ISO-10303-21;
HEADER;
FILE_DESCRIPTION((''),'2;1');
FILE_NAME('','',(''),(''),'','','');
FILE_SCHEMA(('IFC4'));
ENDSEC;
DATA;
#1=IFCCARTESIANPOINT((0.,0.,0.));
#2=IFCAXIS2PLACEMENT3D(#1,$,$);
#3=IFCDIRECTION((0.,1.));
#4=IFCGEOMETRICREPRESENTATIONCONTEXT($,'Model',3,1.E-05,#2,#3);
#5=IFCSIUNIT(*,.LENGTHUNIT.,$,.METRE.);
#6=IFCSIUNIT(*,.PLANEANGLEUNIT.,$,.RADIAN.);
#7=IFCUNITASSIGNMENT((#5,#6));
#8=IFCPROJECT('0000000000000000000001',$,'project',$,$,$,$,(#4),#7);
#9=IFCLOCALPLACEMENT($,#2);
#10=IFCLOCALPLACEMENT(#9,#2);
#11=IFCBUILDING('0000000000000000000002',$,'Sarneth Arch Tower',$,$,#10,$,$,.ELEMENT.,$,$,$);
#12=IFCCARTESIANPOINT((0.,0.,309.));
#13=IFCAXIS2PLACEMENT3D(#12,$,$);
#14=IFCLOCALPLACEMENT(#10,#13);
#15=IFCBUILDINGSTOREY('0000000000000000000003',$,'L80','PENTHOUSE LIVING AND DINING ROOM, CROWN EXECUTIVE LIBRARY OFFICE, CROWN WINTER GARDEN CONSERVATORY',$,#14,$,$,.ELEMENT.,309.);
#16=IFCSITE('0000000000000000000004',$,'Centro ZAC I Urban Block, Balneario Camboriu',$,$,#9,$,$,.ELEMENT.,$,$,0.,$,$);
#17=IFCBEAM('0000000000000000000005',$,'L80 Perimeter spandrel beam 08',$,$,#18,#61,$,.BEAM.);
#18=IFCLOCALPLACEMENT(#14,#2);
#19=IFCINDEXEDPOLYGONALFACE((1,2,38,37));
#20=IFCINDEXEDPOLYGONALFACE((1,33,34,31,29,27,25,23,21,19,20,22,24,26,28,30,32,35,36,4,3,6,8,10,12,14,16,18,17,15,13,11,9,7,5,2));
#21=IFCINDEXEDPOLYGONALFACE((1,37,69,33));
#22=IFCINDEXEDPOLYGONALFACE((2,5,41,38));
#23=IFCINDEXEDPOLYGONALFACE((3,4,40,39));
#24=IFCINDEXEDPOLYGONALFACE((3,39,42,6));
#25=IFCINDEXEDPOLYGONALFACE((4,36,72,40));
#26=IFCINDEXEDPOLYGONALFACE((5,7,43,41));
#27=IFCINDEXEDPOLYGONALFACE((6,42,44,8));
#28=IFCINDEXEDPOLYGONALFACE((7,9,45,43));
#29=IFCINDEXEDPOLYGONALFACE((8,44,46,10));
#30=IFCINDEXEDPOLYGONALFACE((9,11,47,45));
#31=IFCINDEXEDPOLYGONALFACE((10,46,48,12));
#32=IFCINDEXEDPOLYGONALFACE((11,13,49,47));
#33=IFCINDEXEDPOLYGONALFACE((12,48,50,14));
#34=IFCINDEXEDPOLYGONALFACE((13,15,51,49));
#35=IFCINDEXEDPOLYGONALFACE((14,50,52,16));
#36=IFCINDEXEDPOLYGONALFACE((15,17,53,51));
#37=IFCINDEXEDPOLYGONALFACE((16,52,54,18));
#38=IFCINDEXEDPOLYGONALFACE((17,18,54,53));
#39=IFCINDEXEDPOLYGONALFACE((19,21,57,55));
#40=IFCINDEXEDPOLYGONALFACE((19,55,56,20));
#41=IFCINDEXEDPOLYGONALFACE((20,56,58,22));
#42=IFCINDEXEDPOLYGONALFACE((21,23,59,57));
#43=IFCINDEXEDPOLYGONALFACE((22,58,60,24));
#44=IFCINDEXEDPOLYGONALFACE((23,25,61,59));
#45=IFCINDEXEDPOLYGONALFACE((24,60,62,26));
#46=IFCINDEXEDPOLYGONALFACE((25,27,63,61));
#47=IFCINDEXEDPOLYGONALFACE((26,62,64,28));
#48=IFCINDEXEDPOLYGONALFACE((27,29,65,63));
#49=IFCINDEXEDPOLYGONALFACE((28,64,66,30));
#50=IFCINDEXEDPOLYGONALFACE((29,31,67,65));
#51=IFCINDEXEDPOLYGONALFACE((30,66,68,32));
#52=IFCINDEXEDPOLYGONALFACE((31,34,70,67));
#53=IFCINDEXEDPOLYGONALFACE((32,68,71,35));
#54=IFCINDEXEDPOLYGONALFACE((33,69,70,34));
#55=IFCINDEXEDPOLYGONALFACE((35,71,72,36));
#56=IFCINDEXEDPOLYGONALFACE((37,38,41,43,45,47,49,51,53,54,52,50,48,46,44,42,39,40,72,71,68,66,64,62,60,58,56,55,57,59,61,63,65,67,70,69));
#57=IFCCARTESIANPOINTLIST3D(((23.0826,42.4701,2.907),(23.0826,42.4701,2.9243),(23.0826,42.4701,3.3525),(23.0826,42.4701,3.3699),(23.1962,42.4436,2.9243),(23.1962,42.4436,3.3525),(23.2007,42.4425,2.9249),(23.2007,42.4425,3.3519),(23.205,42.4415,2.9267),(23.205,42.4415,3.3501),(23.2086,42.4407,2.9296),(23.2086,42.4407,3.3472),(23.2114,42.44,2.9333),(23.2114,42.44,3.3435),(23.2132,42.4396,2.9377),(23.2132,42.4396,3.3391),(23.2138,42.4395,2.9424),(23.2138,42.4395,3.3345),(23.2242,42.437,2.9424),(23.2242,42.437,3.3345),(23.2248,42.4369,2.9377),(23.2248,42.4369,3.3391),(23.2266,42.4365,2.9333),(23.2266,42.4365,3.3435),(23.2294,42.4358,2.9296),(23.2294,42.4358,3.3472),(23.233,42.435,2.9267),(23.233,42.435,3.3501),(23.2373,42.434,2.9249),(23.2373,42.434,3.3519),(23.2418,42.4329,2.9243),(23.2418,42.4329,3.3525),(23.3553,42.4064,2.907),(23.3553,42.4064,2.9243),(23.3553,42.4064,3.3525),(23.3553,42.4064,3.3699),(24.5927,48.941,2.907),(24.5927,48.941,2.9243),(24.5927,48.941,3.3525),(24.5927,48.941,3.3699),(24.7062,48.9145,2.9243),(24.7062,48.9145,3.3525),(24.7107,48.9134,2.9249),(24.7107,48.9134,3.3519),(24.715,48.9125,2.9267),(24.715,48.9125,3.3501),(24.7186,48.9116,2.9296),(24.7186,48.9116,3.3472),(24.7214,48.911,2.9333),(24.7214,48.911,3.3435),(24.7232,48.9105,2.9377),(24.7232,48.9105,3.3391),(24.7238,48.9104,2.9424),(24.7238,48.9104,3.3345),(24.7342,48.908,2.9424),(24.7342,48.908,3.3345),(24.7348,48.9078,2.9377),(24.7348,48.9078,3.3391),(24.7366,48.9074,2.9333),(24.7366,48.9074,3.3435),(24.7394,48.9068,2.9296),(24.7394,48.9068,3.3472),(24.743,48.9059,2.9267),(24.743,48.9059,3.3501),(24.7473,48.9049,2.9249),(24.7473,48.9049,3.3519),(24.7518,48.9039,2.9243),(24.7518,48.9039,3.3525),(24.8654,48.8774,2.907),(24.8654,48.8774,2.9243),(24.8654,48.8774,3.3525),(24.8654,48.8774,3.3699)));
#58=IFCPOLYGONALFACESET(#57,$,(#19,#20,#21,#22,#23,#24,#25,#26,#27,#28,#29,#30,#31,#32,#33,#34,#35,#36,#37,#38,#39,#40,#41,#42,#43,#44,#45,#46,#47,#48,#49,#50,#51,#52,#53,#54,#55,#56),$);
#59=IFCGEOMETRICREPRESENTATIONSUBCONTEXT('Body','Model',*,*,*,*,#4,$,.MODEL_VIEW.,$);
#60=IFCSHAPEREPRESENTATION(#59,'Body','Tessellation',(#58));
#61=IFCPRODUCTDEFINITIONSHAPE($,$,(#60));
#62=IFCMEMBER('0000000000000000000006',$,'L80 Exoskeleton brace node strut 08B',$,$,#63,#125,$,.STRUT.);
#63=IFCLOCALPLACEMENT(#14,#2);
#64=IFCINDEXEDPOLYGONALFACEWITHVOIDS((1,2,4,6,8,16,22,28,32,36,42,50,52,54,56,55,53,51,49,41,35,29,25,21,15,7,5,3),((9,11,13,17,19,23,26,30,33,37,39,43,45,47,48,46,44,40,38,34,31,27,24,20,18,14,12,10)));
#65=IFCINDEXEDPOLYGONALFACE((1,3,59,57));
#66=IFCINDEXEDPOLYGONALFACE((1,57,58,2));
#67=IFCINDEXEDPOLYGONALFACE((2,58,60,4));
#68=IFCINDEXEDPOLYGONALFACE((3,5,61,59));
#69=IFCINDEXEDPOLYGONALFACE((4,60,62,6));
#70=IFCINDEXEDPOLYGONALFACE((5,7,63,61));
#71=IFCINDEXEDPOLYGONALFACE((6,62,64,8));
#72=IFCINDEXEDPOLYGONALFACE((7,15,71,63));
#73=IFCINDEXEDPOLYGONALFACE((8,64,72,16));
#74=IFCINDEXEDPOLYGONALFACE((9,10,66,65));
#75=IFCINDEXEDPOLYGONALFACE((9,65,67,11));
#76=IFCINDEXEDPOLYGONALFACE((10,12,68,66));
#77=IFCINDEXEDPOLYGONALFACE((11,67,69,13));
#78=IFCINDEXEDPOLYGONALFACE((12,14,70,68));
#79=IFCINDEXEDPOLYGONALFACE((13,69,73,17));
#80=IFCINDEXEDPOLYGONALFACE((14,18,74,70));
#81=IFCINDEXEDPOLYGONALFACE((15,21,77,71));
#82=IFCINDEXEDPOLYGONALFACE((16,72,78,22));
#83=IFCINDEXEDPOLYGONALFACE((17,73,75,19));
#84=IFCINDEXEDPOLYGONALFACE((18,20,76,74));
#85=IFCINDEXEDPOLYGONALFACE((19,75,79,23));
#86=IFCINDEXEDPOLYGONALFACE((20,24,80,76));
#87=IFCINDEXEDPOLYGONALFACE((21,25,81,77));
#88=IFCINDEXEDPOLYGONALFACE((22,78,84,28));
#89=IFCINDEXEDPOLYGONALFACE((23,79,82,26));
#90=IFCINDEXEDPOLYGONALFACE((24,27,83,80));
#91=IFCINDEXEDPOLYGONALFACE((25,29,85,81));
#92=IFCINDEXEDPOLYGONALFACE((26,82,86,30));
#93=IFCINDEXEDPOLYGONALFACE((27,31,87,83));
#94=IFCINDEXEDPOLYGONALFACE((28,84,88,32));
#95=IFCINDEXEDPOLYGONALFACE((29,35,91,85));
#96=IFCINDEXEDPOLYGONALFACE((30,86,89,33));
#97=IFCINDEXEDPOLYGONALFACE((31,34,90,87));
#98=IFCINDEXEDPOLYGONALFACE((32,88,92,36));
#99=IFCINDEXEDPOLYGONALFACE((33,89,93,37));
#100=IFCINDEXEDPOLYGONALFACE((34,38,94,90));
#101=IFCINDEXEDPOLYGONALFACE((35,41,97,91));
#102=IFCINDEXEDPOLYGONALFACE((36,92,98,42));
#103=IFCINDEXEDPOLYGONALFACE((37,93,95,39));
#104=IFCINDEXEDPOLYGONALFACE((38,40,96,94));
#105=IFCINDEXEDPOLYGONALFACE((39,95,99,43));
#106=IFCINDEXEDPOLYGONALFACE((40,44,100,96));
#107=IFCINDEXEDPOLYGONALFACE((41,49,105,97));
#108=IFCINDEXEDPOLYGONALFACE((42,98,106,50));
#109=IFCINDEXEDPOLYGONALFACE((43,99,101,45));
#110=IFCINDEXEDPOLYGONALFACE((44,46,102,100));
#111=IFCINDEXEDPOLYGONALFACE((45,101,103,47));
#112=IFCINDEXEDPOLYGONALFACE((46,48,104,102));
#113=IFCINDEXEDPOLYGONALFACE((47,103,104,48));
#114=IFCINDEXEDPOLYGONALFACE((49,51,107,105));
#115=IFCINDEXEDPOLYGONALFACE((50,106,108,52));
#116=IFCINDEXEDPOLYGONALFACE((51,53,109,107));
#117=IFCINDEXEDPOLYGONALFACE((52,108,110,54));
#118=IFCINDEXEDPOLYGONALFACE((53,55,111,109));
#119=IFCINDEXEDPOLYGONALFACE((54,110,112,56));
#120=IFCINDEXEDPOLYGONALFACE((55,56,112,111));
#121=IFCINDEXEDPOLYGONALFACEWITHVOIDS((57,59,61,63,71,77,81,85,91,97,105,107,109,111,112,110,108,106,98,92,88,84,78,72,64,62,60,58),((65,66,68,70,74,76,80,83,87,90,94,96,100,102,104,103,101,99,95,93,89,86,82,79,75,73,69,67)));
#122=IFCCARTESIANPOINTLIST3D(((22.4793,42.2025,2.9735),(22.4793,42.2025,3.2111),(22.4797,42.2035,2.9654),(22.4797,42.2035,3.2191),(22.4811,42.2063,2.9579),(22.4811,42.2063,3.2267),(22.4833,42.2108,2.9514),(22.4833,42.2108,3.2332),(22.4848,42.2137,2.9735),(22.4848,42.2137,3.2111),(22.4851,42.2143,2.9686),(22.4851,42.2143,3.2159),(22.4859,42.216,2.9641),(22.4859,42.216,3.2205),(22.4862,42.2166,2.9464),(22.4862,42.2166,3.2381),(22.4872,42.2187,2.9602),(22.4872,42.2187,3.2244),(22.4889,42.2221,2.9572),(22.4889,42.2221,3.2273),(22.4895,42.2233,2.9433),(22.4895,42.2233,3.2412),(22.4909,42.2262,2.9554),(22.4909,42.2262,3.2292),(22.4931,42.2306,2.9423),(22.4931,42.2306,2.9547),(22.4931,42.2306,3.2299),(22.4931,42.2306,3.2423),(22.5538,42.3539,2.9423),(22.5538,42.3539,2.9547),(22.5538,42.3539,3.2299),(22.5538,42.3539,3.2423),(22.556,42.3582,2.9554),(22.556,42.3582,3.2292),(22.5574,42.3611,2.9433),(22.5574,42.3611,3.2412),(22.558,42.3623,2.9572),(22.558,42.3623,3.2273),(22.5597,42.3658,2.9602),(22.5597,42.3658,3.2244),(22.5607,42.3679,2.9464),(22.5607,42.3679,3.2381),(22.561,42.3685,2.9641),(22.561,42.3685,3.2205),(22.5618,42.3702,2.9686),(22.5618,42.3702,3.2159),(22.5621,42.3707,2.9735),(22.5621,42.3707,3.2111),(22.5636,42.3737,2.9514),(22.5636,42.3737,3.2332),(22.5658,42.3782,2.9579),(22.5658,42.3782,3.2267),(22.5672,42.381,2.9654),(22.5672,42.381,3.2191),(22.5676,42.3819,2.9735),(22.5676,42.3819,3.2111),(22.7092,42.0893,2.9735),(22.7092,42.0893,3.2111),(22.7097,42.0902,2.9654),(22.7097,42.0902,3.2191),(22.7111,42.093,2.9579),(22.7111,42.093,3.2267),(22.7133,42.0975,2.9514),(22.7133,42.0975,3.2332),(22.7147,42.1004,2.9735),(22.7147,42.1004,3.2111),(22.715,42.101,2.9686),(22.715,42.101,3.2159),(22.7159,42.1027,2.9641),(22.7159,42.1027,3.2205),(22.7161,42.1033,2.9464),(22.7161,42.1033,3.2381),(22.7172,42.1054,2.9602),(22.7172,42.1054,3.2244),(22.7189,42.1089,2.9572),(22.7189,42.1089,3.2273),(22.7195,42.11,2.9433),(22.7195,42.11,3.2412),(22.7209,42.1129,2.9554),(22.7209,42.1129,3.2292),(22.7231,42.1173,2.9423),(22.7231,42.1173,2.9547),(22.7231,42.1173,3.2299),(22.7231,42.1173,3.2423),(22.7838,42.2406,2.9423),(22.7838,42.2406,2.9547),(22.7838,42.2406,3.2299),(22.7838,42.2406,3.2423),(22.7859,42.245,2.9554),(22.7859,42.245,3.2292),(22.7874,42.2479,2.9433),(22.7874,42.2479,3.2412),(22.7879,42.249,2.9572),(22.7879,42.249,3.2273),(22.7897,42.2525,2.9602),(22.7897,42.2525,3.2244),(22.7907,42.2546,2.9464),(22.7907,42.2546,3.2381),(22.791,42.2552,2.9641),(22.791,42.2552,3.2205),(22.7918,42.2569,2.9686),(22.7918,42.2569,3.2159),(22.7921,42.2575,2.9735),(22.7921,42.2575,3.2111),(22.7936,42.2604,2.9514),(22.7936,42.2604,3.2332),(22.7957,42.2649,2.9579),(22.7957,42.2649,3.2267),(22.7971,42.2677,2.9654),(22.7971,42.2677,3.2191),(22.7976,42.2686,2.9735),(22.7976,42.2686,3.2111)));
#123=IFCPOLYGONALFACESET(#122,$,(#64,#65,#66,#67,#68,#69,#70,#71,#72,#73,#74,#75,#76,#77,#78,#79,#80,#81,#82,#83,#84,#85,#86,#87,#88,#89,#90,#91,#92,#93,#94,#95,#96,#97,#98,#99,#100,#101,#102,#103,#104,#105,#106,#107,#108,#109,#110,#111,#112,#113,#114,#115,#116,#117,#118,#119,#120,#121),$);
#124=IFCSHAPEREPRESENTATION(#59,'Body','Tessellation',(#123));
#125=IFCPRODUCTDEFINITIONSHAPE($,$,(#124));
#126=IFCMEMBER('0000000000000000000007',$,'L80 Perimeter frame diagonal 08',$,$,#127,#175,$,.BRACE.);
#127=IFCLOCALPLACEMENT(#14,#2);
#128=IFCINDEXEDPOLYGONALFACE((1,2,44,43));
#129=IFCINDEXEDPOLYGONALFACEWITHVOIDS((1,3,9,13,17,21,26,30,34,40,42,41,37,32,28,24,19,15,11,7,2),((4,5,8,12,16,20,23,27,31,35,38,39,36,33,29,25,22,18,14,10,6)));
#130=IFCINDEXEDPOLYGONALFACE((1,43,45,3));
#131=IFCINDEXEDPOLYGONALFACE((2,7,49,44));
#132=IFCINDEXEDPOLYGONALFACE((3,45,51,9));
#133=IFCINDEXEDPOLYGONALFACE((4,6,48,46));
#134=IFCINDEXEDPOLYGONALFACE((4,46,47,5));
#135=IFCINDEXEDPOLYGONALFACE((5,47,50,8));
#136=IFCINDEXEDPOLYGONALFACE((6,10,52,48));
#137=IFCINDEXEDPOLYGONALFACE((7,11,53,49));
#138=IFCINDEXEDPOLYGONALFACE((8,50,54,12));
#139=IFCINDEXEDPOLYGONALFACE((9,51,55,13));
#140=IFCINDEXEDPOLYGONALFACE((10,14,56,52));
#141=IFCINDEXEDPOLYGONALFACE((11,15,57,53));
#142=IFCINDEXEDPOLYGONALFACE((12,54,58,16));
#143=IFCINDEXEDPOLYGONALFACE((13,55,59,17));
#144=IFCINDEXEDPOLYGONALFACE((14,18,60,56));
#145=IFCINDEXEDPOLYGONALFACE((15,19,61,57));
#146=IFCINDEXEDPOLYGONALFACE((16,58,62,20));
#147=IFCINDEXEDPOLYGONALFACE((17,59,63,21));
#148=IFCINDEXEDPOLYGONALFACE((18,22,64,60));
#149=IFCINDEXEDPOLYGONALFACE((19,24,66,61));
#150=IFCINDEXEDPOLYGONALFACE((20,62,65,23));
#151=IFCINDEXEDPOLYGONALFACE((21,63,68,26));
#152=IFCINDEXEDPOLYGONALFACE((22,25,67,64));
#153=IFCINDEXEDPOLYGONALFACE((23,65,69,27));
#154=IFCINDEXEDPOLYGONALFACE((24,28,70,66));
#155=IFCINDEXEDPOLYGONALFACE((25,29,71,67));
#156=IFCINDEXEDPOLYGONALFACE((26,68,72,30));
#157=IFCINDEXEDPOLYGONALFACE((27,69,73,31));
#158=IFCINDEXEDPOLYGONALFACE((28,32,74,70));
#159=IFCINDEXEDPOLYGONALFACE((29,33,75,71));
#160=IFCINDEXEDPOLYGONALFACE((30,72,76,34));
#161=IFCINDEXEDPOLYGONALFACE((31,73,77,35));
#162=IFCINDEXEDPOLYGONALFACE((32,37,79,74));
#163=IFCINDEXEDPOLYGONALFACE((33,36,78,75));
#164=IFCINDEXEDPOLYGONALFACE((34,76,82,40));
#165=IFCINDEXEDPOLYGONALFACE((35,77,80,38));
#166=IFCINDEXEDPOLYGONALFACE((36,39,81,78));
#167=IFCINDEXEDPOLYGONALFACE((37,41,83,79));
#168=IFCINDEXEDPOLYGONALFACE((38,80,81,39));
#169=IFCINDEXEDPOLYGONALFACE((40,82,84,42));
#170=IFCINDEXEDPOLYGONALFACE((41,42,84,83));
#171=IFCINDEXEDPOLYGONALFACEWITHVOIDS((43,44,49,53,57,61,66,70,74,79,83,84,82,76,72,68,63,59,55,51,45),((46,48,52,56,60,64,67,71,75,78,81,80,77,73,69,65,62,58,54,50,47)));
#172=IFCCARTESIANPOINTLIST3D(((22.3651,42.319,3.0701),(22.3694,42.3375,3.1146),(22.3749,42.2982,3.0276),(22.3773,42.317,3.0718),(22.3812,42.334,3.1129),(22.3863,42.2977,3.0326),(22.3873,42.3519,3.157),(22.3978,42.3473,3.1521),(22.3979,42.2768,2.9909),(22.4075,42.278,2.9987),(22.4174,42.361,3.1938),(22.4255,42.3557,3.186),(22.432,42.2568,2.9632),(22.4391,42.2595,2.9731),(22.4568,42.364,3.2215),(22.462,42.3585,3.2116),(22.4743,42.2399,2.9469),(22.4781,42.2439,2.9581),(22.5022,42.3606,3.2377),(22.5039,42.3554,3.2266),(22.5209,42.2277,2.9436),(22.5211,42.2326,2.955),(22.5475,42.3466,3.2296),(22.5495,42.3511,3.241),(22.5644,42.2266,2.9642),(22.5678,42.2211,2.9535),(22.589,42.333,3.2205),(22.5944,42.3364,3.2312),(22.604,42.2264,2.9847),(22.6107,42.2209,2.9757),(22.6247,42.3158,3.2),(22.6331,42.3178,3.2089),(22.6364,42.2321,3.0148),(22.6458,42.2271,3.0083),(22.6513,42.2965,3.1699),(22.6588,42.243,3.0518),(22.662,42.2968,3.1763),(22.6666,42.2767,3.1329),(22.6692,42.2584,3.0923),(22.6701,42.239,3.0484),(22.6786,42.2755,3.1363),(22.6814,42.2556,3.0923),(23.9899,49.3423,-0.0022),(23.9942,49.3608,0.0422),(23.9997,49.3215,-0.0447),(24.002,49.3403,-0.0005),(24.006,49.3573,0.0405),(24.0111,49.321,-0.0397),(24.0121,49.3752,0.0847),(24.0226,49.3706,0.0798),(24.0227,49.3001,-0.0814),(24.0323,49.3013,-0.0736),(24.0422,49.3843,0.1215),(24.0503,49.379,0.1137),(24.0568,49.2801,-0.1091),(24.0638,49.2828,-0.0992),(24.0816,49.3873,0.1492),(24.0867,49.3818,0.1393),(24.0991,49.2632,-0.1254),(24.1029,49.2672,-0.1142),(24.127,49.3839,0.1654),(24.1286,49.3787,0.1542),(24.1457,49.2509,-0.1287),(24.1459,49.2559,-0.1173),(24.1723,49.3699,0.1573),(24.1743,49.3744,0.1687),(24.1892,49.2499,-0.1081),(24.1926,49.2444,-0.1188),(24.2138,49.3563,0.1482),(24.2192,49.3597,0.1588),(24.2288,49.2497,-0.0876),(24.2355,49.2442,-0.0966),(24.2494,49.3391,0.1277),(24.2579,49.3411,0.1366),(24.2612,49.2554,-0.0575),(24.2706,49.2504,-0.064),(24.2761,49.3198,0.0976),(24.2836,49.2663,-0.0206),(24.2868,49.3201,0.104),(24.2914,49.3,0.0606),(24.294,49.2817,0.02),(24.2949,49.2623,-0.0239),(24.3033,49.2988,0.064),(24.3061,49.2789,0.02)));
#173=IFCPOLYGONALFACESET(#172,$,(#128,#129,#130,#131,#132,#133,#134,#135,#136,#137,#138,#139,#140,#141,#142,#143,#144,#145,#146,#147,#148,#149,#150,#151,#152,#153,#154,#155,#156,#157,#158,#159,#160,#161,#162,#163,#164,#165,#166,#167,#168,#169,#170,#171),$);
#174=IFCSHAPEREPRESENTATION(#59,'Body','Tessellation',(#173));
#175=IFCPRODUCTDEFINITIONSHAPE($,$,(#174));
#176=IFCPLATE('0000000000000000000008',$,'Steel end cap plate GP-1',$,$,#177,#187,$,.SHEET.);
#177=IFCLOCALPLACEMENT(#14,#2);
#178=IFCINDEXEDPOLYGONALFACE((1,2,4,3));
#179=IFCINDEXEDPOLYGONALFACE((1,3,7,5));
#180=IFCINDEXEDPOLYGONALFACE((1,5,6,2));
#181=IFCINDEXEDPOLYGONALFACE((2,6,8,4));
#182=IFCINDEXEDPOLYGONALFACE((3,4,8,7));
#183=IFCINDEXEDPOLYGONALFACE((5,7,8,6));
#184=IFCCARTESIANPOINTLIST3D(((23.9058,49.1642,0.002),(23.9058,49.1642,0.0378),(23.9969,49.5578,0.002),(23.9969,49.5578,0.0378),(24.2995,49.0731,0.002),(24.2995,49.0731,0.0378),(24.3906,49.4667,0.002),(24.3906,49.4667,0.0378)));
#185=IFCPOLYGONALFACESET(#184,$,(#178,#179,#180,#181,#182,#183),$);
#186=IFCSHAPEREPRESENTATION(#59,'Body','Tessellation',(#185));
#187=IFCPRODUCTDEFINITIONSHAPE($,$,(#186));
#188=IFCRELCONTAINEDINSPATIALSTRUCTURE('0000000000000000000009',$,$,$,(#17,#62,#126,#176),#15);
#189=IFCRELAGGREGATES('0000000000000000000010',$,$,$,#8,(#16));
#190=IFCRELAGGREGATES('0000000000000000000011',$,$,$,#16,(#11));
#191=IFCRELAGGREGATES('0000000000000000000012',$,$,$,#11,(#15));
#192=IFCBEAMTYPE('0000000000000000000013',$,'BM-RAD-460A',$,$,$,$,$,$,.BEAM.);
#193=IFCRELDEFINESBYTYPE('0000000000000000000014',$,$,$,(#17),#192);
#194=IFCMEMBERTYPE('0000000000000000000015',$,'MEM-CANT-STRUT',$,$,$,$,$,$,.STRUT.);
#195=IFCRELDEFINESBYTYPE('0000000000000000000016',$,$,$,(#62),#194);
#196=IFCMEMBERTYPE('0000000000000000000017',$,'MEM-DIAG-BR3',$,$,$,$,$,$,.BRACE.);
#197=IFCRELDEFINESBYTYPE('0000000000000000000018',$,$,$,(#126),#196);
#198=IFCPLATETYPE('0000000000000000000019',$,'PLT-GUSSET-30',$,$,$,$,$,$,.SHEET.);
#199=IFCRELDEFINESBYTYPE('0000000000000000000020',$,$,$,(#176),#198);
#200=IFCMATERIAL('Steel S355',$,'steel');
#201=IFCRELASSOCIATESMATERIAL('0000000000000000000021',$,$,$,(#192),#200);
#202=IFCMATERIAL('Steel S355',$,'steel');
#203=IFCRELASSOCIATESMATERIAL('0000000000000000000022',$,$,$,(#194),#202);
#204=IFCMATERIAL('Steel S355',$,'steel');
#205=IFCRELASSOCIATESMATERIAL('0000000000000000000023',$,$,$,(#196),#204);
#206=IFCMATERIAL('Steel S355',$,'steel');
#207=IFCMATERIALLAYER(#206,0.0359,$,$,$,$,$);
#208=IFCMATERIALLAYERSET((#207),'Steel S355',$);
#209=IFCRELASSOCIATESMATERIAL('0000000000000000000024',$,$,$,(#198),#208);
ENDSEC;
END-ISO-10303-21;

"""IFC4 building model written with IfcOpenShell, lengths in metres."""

from ifc_helpers import new_model, si_unit, direction, frame, origin, origin_2d, place, context, subcontext, project, spatial, rectangle, hollow_rectangle, hollow_circle, i_section, extrude, material, layer, layer_set, material_profile, profile_set, type_object, element, save


model = new_model("IFC4")

# Units and contexts
model_context = context("Model", 3, precision=1e-05, world=origin(), true_north=direction((0.0, 1.0)))
body_context = subcontext(model_context, "Body", "Model", "MODEL_VIEW")
ifc_project = project(units=[si_unit("LENGTHUNIT", "METRE"), si_unit("PLANEANGLEUNIT", "RADIAN")], contexts=[model_context])

# Site, building, storey
site_placement = place(None, origin())
site = spatial("IfcSite", under=ifc_project, at=site_placement, Name="Centro ZAC I Urban Block, Balneario Camboriu", CompositionType="ELEMENT", RefElevation=0.0)
building_placement = place(site_placement, origin())
building = spatial("IfcBuilding", under=site, at=building_placement, Name="Sarneth Arch Tower", CompositionType="ELEMENT")
storey_placement = place(building_placement, frame((0.0, 0.0, 309.0)))
storey = spatial("IfcBuildingStorey", under=building, at=storey_placement, Name="L80", Description="PENTHOUSE LIVING AND DINING ROOM, CROWN EXECUTIVE LIBRARY OFFICE, CROWN WINTER GARDEN CONSERVATORY", CompositionType="ELEMENT", Elevation=309.0)

# Beam
ifc_material_1 = material(Name="Steel S355", Category="steel")
ifc_material_profile_1 = material_profile(ifc_material_1, i_section(OverallWidth=0.28, OverallDepth=0.4629, WebThickness=0.0107, FlangeThickness=0.0173, FilletRadius=0.0181, at=origin_2d()), Name="W460x113")
ifc_profile_set_1 = profile_set([ifc_material_profile_1], Name="Steel S355")
beam_type_1 = type_object("IfcBeamType", Name="BM-RAD-460A", PredefinedType="BEAM", material=ifc_profile_set_1)
beam_1_placement = place(storey_placement, frame((24.729, 48.9092, 3.1384), z_axis=(-0.227247, -0.973837, 0.0), x_axis=(0.973837, -0.227247, 0.0)))
element("IfcBeam", 1, at=beam_1_placement, inside=storey, type_object=beam_type_1, Name="L80 Perimeter spandrel beam 08", PredefinedType="BEAM", context=body_context, shape_type="SweptSolid", body=[
    extrude(i_section(OverallWidth=0.28, OverallDepth=0.4629, WebThickness=0.0107, FlangeThickness=0.0173, FilletRadius=0.0181, at=origin_2d()), origin(), (0.0, 0.0, 1.0), 6.6448),
])

# Members
ifc_material_2 = material(Name="Steel S355", Category="steel")
ifc_material_profile_2 = material_profile(ifc_material_2, hollow_rectangle(XDim=0.2, YDim=0.3, WallThickness=0.0125, InnerFilletRadius=0.0188, OuterFilletRadius=0.0312, at=origin_2d()), Name="RHS300x200x12.5")
ifc_profile_set_2 = profile_set([ifc_material_profile_2], Name="Steel S355")
member_type_1 = type_object("IfcMemberType", Name="MEM-CANT-STRUT", PredefinedType="STRUT", material=ifc_profile_set_2)
member_1_placement = place(storey_placement, frame((22.7534, 42.179, 3.0923), z_axis=(-0.897078, 0.441873, 0.0), x_axis=(-0.441873, -0.897078, 0.0)))
element("IfcMember", 2, at=member_1_placement, inside=storey, type_object=member_type_1, Name="L80 Exoskeleton brace node strut 08B", PredefinedType="STRUT", context=body_context, shape_type="SweptSolid", body=[
    extrude(hollow_rectangle(XDim=0.2, YDim=0.3, WallThickness=0.0125, InnerFilletRadius=0.0188, OuterFilletRadius=0.0312, at=origin_2d()), origin(), (0.0, 0.0, 1.0), 0.2563),
])
ifc_material_3 = material(Name="Steel S355", Category="steel")
ifc_material_profile_3 = material_profile(ifc_material_3, hollow_circle(Radius=0.1621, WallThickness=0.0125, at=origin_2d()), Name="CHS324x12.5")
ifc_profile_set_3 = profile_set([ifc_material_profile_3], Name="Steel S355")
member_type_2 = type_object("IfcMemberType", Name="MEM-DIAG-BR3", PredefinedType="BRACE", material=ifc_profile_set_3)
member_2_placement = place(storey_placement, frame((24.1482, 49.3154, 0.02), z_axis=(-0.207343, -0.896265, 0.392067), x_axis=(0.974269, -0.225389, 0.0)))
element("IfcMember", 3, at=member_2_placement, inside=storey, type_object=member_type_2, Name="L80 Perimeter frame diagonal 08", PredefinedType="BRACE", context=body_context, shape_type="SweptSolid", body=[
    extrude(hollow_circle(Radius=0.1621, WallThickness=0.0125, at=origin_2d()), origin(), (0.0, 0.0, 1.0), 7.8362),
])

# Plate
ifc_material_4 = material(Name="Steel S355", Category="steel")
ifc_layer_1 = layer(ifc_material_4, 0.0359)
ifc_layer_set_1 = layer_set([ifc_layer_1], Name="Steel S355")
plate_type = type_object("IfcPlateType", Name="PLT-GUSSET-30", PredefinedType="SHEET", material=ifc_layer_set_1)
for number, where, z_axis, x_axis, name in (
    (4, (24.1482, 49.3154, 0.002), (0.0, 0.0, 1.0), (-0.225461, -0.974252, 0.0), "Steel end cap plate GP-1"),
):
    element("IfcPlate", number, at=place(storey_placement, frame(where, z_axis=z_axis, x_axis=x_axis)), inside=storey, type_object=plate_type, Name=name, PredefinedType="SHEET", context=body_context, shape_type="SweptSolid", body=[
        extrude(rectangle(XDim=0.4041, YDim=0.4041, at=origin_2d()), origin(), (0.0, 0.0, 1.0), 0.0359),
    ])

save(model, "model.ifc")
